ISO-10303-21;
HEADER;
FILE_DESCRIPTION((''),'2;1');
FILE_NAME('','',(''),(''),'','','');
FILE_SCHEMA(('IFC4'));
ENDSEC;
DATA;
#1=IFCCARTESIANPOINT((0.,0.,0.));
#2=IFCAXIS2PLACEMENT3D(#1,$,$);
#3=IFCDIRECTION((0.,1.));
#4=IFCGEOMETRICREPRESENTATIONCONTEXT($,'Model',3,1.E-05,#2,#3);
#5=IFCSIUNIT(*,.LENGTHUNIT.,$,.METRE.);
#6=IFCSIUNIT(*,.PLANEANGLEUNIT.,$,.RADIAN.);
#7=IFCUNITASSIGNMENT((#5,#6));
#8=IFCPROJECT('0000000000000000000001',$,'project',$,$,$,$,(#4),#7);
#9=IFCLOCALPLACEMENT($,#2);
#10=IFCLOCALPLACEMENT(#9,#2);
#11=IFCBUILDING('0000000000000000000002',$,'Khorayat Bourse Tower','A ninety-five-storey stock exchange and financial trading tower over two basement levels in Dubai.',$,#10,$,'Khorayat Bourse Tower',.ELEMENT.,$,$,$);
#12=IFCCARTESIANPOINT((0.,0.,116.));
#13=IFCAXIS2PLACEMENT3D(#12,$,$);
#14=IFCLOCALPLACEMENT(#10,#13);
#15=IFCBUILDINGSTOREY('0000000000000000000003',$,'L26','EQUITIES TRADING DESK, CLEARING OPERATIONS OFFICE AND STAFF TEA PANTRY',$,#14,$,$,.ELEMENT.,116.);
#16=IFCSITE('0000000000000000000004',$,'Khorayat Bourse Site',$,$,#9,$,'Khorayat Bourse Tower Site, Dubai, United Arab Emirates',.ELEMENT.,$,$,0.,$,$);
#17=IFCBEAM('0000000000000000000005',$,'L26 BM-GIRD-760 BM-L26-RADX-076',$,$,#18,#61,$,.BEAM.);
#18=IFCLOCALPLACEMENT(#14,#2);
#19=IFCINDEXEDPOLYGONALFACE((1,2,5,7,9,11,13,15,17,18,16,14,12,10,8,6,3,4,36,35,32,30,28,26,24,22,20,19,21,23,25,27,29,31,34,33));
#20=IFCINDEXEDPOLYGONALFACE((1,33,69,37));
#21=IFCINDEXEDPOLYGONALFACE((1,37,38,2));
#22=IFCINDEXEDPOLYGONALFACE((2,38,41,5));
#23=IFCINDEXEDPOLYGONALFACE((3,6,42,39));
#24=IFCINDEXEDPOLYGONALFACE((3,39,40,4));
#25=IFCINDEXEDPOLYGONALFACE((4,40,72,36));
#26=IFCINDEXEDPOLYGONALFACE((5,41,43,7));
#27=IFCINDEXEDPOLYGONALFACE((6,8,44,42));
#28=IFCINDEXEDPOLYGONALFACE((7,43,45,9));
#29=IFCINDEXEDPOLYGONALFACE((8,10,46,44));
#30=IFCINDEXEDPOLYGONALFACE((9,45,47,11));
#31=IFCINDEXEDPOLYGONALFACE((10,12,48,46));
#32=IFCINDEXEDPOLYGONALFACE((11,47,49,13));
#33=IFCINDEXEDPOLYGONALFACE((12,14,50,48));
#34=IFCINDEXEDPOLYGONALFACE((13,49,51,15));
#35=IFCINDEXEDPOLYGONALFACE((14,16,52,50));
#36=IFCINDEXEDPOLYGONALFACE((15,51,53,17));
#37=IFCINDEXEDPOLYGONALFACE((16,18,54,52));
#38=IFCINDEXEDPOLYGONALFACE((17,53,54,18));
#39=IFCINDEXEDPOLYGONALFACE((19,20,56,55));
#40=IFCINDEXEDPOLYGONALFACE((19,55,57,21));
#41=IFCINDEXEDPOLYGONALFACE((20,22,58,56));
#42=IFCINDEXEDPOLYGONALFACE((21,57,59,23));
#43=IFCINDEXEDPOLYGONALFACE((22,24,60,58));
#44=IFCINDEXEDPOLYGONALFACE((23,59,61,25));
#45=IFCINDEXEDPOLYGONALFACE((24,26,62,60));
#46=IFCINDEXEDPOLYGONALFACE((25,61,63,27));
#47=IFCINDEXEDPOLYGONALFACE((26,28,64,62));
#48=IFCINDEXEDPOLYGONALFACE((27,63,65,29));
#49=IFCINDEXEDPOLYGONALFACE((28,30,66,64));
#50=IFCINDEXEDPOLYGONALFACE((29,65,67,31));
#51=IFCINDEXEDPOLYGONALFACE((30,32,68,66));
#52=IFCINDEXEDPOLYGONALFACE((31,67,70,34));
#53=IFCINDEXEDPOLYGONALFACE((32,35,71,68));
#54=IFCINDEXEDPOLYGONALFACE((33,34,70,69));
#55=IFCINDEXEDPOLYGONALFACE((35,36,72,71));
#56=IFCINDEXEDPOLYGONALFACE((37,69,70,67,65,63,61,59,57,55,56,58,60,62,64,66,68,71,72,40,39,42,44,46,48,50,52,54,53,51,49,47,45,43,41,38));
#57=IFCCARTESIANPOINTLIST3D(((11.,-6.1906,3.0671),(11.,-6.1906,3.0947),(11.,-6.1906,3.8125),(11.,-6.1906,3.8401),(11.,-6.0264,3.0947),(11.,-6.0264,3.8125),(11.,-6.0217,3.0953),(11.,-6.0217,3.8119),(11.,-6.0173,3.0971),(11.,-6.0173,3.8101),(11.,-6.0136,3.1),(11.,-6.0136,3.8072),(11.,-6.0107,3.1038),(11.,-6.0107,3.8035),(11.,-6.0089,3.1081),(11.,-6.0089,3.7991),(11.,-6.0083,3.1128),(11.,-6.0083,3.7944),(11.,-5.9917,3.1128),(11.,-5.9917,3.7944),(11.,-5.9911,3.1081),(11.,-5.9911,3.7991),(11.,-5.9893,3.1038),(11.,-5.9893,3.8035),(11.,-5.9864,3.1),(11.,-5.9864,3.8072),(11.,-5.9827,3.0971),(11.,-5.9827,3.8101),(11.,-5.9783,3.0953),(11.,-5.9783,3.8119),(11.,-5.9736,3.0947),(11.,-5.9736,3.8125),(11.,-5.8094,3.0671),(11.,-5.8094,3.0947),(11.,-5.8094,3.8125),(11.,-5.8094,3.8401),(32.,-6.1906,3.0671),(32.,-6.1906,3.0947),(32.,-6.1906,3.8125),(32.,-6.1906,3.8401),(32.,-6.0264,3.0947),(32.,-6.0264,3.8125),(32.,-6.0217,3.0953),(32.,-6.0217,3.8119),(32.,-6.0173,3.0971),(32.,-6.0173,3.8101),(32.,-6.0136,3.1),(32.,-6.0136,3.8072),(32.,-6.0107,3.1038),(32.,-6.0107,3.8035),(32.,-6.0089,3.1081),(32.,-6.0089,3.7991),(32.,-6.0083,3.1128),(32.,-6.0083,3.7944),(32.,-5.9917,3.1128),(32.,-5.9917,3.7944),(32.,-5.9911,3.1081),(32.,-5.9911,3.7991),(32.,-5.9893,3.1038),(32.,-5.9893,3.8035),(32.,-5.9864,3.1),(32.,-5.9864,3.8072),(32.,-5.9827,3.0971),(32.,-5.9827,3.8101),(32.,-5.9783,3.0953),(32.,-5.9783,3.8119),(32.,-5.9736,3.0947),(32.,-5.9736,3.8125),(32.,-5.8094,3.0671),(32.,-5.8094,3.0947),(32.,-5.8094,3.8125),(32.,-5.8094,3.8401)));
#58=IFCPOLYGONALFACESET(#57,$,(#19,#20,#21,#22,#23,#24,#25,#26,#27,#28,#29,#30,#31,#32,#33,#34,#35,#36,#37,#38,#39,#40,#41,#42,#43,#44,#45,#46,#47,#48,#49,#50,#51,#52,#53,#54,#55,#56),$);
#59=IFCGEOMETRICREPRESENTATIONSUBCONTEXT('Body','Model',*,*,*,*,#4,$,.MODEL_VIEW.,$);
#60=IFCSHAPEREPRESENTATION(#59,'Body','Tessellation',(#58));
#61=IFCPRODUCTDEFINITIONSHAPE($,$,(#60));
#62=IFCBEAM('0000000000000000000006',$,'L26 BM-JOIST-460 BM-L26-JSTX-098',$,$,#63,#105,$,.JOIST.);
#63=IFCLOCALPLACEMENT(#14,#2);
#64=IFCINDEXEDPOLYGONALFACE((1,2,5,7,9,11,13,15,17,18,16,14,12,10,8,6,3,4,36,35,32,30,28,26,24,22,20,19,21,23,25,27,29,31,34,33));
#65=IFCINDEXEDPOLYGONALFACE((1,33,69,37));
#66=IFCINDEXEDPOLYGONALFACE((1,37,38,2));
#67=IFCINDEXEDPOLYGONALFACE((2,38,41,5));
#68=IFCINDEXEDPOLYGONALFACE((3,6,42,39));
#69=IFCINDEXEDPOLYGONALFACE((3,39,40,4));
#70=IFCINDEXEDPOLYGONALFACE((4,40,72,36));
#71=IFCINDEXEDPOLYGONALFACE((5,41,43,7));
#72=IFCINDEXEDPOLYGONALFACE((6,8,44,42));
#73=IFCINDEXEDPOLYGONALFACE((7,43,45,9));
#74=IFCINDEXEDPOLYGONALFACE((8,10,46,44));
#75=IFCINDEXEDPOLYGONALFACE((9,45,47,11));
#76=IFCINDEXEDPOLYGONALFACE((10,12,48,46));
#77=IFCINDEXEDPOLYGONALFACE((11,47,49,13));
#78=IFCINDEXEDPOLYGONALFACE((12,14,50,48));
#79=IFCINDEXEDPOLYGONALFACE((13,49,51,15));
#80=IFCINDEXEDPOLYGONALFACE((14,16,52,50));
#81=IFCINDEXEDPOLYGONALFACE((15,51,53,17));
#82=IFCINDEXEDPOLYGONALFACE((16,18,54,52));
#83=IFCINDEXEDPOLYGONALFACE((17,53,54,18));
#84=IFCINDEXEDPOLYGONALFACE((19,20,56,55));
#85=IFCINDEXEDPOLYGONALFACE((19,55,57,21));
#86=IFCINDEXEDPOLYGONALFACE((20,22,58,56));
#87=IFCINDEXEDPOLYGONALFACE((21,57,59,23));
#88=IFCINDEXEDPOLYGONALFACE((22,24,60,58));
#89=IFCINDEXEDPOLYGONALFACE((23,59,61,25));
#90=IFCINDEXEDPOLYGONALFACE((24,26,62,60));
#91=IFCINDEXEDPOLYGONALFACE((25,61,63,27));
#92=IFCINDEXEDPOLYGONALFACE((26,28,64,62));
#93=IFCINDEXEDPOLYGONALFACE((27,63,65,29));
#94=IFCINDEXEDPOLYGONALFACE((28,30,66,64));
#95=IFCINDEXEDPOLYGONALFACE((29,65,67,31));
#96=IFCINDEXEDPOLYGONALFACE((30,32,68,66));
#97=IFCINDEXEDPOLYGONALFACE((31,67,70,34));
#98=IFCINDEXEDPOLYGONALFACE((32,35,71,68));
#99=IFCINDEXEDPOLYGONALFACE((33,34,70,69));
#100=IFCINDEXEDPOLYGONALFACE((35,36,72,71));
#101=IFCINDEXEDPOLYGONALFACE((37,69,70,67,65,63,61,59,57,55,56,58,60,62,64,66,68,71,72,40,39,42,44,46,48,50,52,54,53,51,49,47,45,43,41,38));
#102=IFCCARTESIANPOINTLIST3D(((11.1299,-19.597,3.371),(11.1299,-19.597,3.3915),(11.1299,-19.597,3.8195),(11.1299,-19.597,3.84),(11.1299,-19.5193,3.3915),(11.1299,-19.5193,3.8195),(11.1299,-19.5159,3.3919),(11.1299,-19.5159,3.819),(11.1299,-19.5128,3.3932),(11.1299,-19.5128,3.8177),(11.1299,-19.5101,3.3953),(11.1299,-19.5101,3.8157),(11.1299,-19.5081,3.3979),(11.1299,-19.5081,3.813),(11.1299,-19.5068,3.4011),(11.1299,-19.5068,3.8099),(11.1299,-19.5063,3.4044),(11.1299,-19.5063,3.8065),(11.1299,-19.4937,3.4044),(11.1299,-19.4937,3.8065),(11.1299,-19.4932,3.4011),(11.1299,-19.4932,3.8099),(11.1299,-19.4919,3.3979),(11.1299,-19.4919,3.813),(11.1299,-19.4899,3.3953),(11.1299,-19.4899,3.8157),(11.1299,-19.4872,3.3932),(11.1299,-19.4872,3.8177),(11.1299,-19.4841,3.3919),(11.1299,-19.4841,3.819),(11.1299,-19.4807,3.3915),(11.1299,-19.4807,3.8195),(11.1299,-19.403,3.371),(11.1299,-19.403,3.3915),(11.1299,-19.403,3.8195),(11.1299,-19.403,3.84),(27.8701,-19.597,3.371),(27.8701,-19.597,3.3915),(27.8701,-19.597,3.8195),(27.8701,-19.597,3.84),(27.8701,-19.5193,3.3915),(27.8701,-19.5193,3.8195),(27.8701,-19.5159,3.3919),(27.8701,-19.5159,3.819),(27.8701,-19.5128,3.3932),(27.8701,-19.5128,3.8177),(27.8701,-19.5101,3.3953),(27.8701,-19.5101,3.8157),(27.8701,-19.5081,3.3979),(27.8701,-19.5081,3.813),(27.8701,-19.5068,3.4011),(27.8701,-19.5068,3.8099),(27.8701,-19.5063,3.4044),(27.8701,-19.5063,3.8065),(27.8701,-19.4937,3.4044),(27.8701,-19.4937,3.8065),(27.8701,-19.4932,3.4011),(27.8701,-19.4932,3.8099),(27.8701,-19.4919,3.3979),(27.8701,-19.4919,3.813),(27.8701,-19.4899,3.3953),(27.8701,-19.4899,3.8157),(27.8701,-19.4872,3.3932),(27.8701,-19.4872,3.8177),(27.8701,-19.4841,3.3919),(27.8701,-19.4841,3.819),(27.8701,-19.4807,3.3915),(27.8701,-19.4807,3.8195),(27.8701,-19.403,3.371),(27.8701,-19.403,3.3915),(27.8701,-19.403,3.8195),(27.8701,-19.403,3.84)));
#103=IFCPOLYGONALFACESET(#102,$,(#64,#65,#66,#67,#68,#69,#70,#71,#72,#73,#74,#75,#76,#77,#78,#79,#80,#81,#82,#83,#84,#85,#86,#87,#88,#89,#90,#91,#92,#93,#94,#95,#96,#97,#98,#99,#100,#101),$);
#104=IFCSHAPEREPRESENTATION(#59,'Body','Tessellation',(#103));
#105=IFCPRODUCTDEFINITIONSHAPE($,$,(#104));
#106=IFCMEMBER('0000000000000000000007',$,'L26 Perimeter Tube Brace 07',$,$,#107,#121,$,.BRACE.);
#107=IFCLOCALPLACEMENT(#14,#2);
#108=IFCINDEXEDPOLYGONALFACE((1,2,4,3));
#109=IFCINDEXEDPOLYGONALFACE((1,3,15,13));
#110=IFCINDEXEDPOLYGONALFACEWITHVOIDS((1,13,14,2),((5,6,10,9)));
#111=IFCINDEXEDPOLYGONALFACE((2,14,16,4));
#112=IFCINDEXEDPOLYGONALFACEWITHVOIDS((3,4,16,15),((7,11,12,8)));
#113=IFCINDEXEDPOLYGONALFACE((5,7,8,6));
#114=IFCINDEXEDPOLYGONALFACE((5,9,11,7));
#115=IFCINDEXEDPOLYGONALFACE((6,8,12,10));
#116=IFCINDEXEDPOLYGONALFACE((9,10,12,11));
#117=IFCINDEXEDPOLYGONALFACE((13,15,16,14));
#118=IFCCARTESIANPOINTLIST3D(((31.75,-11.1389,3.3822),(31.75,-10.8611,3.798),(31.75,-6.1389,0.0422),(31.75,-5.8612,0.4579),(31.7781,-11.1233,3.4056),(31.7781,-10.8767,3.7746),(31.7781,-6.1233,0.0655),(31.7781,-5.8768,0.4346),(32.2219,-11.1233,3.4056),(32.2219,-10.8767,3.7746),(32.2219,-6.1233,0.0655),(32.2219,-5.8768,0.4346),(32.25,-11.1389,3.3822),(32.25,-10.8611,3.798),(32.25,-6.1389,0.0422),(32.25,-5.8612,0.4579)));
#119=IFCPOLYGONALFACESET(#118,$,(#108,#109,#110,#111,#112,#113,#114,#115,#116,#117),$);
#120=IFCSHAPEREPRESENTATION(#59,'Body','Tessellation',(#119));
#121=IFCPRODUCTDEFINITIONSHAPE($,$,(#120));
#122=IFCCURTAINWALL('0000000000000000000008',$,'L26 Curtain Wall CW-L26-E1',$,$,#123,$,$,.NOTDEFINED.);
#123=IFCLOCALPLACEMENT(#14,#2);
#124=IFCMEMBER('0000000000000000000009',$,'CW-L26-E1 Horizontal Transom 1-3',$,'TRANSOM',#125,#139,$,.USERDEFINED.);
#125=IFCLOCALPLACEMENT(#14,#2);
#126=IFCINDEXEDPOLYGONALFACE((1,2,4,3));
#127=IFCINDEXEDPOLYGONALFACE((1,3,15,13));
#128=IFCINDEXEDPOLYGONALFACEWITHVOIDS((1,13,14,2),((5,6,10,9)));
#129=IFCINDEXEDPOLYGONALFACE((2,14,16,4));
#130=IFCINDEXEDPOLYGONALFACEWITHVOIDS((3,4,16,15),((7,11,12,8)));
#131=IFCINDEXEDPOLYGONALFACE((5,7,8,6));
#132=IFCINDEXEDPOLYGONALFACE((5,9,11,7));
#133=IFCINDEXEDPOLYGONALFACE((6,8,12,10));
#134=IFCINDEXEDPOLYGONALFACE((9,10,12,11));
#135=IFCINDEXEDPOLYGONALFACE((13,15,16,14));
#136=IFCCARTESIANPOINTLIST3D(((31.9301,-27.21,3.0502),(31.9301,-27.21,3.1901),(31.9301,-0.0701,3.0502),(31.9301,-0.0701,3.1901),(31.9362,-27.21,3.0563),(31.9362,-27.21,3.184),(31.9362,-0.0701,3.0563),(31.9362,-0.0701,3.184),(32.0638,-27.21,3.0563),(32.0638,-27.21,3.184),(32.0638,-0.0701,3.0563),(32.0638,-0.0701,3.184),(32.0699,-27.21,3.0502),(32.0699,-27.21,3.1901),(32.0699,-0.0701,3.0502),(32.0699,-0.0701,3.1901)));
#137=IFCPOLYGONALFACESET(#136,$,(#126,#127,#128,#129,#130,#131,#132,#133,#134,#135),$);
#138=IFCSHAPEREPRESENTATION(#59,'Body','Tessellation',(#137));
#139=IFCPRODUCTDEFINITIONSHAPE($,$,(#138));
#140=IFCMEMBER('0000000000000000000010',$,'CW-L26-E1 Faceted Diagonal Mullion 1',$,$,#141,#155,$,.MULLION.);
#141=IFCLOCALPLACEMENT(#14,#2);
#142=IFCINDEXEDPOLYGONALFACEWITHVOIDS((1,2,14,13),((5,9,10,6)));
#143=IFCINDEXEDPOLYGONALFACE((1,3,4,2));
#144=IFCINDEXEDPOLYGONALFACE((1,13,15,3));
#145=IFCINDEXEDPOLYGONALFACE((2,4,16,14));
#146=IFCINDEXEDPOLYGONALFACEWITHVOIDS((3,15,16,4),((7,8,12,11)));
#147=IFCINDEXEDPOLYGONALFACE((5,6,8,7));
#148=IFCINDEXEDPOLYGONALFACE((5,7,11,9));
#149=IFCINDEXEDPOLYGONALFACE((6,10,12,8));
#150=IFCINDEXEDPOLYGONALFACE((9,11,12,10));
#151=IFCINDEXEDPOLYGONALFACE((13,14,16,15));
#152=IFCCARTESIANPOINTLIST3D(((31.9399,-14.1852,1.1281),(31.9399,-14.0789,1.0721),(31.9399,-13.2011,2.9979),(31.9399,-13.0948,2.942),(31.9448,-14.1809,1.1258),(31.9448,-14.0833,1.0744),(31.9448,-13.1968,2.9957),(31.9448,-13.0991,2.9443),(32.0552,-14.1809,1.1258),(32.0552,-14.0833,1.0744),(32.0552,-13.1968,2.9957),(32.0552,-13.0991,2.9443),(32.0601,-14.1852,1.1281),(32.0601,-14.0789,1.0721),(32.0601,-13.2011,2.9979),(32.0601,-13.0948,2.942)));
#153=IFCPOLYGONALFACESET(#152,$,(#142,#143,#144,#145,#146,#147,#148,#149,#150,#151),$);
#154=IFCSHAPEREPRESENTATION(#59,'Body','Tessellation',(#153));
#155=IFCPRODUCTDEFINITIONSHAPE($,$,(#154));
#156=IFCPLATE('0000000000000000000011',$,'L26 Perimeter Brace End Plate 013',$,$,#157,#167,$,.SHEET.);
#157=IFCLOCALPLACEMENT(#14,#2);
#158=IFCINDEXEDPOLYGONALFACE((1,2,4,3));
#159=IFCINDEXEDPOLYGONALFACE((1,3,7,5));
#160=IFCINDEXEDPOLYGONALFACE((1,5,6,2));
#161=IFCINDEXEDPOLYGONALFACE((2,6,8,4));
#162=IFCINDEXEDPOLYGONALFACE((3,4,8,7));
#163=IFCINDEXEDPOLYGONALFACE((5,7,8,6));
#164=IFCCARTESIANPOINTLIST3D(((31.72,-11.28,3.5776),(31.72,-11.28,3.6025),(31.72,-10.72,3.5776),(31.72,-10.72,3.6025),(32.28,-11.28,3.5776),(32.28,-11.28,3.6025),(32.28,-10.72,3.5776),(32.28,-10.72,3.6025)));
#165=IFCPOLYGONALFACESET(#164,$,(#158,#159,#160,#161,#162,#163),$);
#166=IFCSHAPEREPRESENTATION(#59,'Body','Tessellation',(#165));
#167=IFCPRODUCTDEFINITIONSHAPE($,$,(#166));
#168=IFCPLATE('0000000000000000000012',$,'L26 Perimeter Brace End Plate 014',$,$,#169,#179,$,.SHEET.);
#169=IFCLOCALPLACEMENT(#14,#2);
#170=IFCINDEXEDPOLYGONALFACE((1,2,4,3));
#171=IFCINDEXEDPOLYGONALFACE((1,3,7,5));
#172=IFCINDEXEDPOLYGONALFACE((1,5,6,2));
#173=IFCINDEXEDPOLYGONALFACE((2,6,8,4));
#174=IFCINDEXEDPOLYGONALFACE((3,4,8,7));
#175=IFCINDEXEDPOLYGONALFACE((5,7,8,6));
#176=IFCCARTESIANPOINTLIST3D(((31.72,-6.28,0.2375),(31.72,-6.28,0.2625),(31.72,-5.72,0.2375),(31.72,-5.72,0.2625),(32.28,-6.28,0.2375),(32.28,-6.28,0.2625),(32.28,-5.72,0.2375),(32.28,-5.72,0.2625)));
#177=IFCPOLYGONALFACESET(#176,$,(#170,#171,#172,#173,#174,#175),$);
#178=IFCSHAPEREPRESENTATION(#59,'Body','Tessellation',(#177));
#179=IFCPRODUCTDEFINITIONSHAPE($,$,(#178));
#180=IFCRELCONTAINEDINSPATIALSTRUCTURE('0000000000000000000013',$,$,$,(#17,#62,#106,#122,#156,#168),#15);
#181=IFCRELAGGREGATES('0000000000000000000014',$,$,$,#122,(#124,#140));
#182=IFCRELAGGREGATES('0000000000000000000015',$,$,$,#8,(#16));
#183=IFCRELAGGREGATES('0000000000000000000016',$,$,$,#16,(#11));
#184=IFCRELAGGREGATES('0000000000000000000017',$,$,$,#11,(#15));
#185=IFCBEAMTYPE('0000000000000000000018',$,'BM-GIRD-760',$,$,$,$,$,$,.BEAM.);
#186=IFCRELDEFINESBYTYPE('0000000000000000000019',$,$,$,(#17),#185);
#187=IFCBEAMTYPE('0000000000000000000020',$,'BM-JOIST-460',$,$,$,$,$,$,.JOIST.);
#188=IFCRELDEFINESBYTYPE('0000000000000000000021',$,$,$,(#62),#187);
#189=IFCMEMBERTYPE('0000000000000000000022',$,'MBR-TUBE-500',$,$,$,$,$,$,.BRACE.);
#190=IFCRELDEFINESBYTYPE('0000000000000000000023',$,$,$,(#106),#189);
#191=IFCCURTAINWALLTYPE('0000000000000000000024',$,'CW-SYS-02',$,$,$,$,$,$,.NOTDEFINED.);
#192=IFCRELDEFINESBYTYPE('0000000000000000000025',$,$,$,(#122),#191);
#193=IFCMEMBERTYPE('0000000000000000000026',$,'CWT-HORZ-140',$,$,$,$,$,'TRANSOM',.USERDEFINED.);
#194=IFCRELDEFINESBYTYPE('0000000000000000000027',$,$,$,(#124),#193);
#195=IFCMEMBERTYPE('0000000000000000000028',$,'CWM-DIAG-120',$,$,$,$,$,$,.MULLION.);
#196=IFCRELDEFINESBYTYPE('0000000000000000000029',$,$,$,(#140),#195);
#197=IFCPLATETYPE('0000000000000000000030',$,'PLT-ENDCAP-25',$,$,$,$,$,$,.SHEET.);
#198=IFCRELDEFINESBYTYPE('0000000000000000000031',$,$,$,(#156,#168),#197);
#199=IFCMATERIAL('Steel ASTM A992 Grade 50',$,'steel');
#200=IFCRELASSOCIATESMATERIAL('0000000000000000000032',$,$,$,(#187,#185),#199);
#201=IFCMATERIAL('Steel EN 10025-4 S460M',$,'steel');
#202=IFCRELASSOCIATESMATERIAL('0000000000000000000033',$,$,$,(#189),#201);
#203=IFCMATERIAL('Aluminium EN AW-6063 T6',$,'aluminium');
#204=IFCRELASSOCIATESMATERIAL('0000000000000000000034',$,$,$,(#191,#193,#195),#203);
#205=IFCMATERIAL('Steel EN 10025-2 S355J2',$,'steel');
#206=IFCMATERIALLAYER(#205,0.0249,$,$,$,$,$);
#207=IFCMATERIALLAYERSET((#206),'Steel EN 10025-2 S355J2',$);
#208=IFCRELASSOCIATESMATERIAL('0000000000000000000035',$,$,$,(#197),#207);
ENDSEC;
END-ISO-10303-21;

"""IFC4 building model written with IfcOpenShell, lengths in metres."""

from ifc_helpers import new_model, si_unit, direction, frame, origin, origin_2d, place, context, subcontext, project, spatial, rectangle, hollow_rectangle, i_section, extrude, source, transform, mapped, material, layer, layer_set, material_profile, profile_set, type_object, element, aggregate, save


model = new_model("IFC4")

# Units and contexts
model_context = context("Model", 3, precision=1e-05, world=origin(), true_north=direction((0.0, 1.0)))
body_context = subcontext(model_context, "Body", "Model", "MODEL_VIEW")
ifc_project = project(units=[si_unit("LENGTHUNIT", "METRE"), si_unit("PLANEANGLEUNIT", "RADIAN")], contexts=[model_context])

# Site, building, storey
site_placement = place(None, origin())
site = spatial("IfcSite", under=ifc_project, at=site_placement, Name="Khorayat Bourse Site", LongName="Khorayat Bourse Tower Site, Dubai, United Arab Emirates", CompositionType="ELEMENT", RefElevation=0.0)
building_placement = place(site_placement, origin())
building = spatial("IfcBuilding", under=site, at=building_placement, Name="Khorayat Bourse Tower", Description="A ninety-five-storey stock exchange and financial trading tower over two basement levels in Dubai.", LongName="Khorayat Bourse Tower", CompositionType="ELEMENT")
storey_placement = place(building_placement, frame((0.0, 0.0, 116.0)))
storey = spatial("IfcBuildingStorey", under=building, at=storey_placement, Name="L26", Description="EQUITIES TRADING DESK, CLEARING OPERATIONS OFFICE AND STAFF TEA PANTRY", CompositionType="ELEMENT", Elevation=116.0)

# Shared definitions
ifc_material_1 = material(Name="Steel EN 10025-4 S460M", Category="steel")

# Beams
ifc_material_2 = material(Name="Steel ASTM A992 Grade 50", Category="steel")
ifc_material_profile_1 = material_profile(ifc_material_2, i_section(OverallWidth=0.1941, OverallDepth=0.469, WebThickness=0.0127, FlangeThickness=0.0205, FilletRadius=0.0129, at=origin_2d()), Name="W460X106")
ifc_profile_set_1 = profile_set([ifc_material_profile_1], Name="Steel ASTM A992 Grade 50")
beam_type_1 = type_object("IfcBeamType", Name="BM-JOIST-460", PredefinedType="JOIST", material=ifc_profile_set_1)
ifc_material_profile_2 = material_profile(ifc_material_2, i_section(OverallWidth=0.3811, OverallDepth=0.7729, WebThickness=0.0166, FlangeThickness=0.0276, FilletRadius=0.0181, at=origin_2d()), Name="W760X257")
ifc_profile_set_2 = profile_set([ifc_material_profile_2], Name="Steel ASTM A992 Grade 50")
beam_type_2 = type_object("IfcBeamType", Name="BM-GIRD-760", PredefinedType="BEAM", material=ifc_profile_set_2)
shared_shape_1 = source(origin(), body_context, "Body", "SweptSolid", [
    extrude(i_section(OverallWidth=0.3811, OverallDepth=0.7729, WebThickness=0.0166, FlangeThickness=0.0276, FilletRadius=0.0181, at=origin_2d()), origin(), (0.0, 0.0, 1.0), 21.0),
])
beam_1_placement = place(storey_placement, frame((11.0, -6.0, 3.4536), z_axis=(1.0, 0.0, 0.0), x_axis=(0.0, 1.0, 0.0)))
element("IfcBeam", 1, at=beam_1_placement, inside=storey, type_object=beam_type_2, Name="L26 BM-GIRD-760 BM-L26-RADX-076", PredefinedType="BEAM", context=body_context, shape_type="MappedRepresentation", body=[
    mapped(shared_shape_1, transform((0.0, 0.0, 0.0), scale=1.0)),
])
shared_shape_2 = source(origin(), body_context, "Body", "SweptSolid", [
    extrude(i_section(OverallWidth=0.1941, OverallDepth=0.469, WebThickness=0.0127, FlangeThickness=0.0205, FilletRadius=0.0129, at=origin_2d()), origin(), (0.0, 0.0, 1.0), 16.7402),
])
beam_2_placement = place(storey_placement, frame((11.1299, -19.5, 3.6055), z_axis=(1.0, 0.0, 0.0), x_axis=(0.0, 1.0, 0.0)))
element("IfcBeam", 2, at=beam_2_placement, inside=storey, type_object=beam_type_1, Name="L26 BM-JOIST-460 BM-L26-JSTX-098", PredefinedType="JOIST", context=body_context, shape_type="MappedRepresentation", body=[
    mapped(shared_shape_2, transform((0.0, 0.0, 0.0), scale=1.0)),
])

# Member
ifc_material_profile_3 = material_profile(ifc_material_1, hollow_rectangle(XDim=0.5, YDim=0.5, WallThickness=0.0281, at=origin_2d()), Name="HSS 500x500x28")
ifc_profile_set_3 = profile_set([ifc_material_profile_3], Name="Steel EN 10025-4 S460M")
member_type_1 = type_object("IfcMemberType", Name="MBR-TUBE-500", PredefinedType="BRACE", material=ifc_profile_set_3)
shared_shape_3 = source(origin(), body_context, "Body", "SweptSolid", [
    extrude(hollow_rectangle(XDim=0.5, YDim=0.5, WallThickness=0.0281, at=origin_2d()), origin(), (0.0, 0.0, 1.0), 6.0129),
])
member_1_placement = place(storey_placement, frame((32.0, -11.0, 3.5901), z_axis=(0.0, 0.831531, -0.555478), x_axis=(-1.0, 0.0, 0.0)))
element("IfcMember", 3, at=member_1_placement, inside=storey, type_object=member_type_1, Name="L26 Perimeter Tube Brace 07", PredefinedType="BRACE", context=body_context, shape_type="MappedRepresentation", body=[
    mapped(shared_shape_3, transform((0.0, 0.0, 0.0), scale=1.0)),
])

# Curtain wall, members
ifc_material_3 = material(Name="Aluminium EN AW-6063 T6", Category="aluminium")
curtain_wall_type = type_object("IfcCurtainWallType", Name="CW-SYS-02", PredefinedType="NOTDEFINED", material=ifc_material_3)
curtain_wall_placement = place(storey_placement, origin())
curtain_wall = element("IfcCurtainWall", 4, at=curtain_wall_placement, inside=storey, type_object=curtain_wall_type, Name="L26 Curtain Wall CW-L26-E1", PredefinedType="NOTDEFINED")
ifc_material_profile_4 = material_profile(ifc_material_3, hollow_rectangle(XDim=0.1399, YDim=0.1399, WallThickness=0.0061, at=origin_2d()), Name="ALU 140x140x6")
ifc_profile_set_4 = profile_set([ifc_material_profile_4], Name="Aluminium EN AW-6063 T6")
member_type_2 = type_object("IfcMemberType", Name="CWT-HORZ-140", ElementType="TRANSOM", PredefinedType="USERDEFINED", material=ifc_profile_set_4)
shared_shape_4 = source(origin(), body_context, "Body", "SweptSolid", [
    extrude(hollow_rectangle(XDim=0.1399, YDim=0.1399, WallThickness=0.0061, at=origin_2d()), origin(), (0.0, 0.0, 1.0), 27.1399),
])
member_2_placement = place(storey_placement, frame((32.0, -27.21, 3.1201), z_axis=(0.0, 1.0, 0.0), x_axis=(-1.0, 0.0, 0.0)))
member_2 = element("IfcMember", 5, at=member_2_placement, type_object=member_type_2, Name="CW-L26-E1 Horizontal Transom 1-3", ObjectType="TRANSOM", PredefinedType="USERDEFINED", context=body_context, shape_type="MappedRepresentation", body=[
    mapped(shared_shape_4, transform((0.0, 0.0, 0.0), scale=1.0)),
])
ifc_material_profile_5 = material_profile(ifc_material_3, hollow_rectangle(XDim=0.1201, YDim=0.1201, WallThickness=0.0049, at=origin_2d()), Name="ALU 120x120x5")
ifc_profile_set_5 = profile_set([ifc_material_profile_5], Name="Aluminium EN AW-6063 T6")
member_type_3 = type_object("IfcMemberType", Name="CWM-DIAG-120", PredefinedType="MULLION", material=ifc_profile_set_5)
shared_shape_5 = source(origin(), body_context, "Body", "SweptSolid", [
    extrude(hollow_rectangle(XDim=0.1201, YDim=0.1201, WallThickness=0.0049, at=origin_2d()), origin(), (0.0, 0.0, 1.0), 2.113),
])
member_3_placement = place(storey_placement, frame((32.0, -14.1321, 1.1001), z_axis=(0.0, 0.465742, 0.884921), x_axis=(-1.0, 0.0, 0.0)))
member_3 = element("IfcMember", 6, at=member_3_placement, type_object=member_type_3, Name="CW-L26-E1 Faceted Diagonal Mullion 1", PredefinedType="MULLION", context=body_context, shape_type="MappedRepresentation", body=[
    mapped(shared_shape_5, transform((0.0, 0.0, 0.0), scale=1.0)),
])

# Plates
ifc_material_4 = material(Name="Steel EN 10025-2 S355J2", Category="steel")
ifc_layer_1 = layer(ifc_material_4, 0.0249)
ifc_layer_set_1 = layer_set([ifc_layer_1], Name="Steel EN 10025-2 S355J2")
plate_type_1 = type_object("IfcPlateType", Name="PLT-ENDCAP-25", PredefinedType="SHEET", material=ifc_layer_set_1)
shared_shape_6 = source(origin(), body_context, "Body", "SweptSolid", [
    extrude(rectangle(XDim=0.5601, YDim=0.5601, at=origin_2d()), origin(), (0.0, 0.0, 1.0), 0.0249),
])
for number, where, z_axis, x_axis, name in (
    (7, (32.0, -11.0, 3.5776), (0.0, 0.0, 1.0), (1.0, 0.0, 0.0), "L26 Perimeter Brace End Plate 013"),
    (8, (32.0, -6.0, 0.2375), (0.0, 0.0, 1.0), (1.0, 0.0, 0.0), "L26 Perimeter Brace End Plate 014"),
):
    element("IfcPlate", number, at=place(storey_placement, frame(where, z_axis=z_axis, x_axis=x_axis)), inside=storey, type_object=plate_type_1, Name=name, PredefinedType="SHEET", context=body_context, shape_type="MappedRepresentation", body=[
        mapped(shared_shape_6, transform((0.0, 0.0, 0.0), scale=1.0)),
    ])

aggregate(curtain_wall, [member_2, member_3])

save(model, "model.ifc")
